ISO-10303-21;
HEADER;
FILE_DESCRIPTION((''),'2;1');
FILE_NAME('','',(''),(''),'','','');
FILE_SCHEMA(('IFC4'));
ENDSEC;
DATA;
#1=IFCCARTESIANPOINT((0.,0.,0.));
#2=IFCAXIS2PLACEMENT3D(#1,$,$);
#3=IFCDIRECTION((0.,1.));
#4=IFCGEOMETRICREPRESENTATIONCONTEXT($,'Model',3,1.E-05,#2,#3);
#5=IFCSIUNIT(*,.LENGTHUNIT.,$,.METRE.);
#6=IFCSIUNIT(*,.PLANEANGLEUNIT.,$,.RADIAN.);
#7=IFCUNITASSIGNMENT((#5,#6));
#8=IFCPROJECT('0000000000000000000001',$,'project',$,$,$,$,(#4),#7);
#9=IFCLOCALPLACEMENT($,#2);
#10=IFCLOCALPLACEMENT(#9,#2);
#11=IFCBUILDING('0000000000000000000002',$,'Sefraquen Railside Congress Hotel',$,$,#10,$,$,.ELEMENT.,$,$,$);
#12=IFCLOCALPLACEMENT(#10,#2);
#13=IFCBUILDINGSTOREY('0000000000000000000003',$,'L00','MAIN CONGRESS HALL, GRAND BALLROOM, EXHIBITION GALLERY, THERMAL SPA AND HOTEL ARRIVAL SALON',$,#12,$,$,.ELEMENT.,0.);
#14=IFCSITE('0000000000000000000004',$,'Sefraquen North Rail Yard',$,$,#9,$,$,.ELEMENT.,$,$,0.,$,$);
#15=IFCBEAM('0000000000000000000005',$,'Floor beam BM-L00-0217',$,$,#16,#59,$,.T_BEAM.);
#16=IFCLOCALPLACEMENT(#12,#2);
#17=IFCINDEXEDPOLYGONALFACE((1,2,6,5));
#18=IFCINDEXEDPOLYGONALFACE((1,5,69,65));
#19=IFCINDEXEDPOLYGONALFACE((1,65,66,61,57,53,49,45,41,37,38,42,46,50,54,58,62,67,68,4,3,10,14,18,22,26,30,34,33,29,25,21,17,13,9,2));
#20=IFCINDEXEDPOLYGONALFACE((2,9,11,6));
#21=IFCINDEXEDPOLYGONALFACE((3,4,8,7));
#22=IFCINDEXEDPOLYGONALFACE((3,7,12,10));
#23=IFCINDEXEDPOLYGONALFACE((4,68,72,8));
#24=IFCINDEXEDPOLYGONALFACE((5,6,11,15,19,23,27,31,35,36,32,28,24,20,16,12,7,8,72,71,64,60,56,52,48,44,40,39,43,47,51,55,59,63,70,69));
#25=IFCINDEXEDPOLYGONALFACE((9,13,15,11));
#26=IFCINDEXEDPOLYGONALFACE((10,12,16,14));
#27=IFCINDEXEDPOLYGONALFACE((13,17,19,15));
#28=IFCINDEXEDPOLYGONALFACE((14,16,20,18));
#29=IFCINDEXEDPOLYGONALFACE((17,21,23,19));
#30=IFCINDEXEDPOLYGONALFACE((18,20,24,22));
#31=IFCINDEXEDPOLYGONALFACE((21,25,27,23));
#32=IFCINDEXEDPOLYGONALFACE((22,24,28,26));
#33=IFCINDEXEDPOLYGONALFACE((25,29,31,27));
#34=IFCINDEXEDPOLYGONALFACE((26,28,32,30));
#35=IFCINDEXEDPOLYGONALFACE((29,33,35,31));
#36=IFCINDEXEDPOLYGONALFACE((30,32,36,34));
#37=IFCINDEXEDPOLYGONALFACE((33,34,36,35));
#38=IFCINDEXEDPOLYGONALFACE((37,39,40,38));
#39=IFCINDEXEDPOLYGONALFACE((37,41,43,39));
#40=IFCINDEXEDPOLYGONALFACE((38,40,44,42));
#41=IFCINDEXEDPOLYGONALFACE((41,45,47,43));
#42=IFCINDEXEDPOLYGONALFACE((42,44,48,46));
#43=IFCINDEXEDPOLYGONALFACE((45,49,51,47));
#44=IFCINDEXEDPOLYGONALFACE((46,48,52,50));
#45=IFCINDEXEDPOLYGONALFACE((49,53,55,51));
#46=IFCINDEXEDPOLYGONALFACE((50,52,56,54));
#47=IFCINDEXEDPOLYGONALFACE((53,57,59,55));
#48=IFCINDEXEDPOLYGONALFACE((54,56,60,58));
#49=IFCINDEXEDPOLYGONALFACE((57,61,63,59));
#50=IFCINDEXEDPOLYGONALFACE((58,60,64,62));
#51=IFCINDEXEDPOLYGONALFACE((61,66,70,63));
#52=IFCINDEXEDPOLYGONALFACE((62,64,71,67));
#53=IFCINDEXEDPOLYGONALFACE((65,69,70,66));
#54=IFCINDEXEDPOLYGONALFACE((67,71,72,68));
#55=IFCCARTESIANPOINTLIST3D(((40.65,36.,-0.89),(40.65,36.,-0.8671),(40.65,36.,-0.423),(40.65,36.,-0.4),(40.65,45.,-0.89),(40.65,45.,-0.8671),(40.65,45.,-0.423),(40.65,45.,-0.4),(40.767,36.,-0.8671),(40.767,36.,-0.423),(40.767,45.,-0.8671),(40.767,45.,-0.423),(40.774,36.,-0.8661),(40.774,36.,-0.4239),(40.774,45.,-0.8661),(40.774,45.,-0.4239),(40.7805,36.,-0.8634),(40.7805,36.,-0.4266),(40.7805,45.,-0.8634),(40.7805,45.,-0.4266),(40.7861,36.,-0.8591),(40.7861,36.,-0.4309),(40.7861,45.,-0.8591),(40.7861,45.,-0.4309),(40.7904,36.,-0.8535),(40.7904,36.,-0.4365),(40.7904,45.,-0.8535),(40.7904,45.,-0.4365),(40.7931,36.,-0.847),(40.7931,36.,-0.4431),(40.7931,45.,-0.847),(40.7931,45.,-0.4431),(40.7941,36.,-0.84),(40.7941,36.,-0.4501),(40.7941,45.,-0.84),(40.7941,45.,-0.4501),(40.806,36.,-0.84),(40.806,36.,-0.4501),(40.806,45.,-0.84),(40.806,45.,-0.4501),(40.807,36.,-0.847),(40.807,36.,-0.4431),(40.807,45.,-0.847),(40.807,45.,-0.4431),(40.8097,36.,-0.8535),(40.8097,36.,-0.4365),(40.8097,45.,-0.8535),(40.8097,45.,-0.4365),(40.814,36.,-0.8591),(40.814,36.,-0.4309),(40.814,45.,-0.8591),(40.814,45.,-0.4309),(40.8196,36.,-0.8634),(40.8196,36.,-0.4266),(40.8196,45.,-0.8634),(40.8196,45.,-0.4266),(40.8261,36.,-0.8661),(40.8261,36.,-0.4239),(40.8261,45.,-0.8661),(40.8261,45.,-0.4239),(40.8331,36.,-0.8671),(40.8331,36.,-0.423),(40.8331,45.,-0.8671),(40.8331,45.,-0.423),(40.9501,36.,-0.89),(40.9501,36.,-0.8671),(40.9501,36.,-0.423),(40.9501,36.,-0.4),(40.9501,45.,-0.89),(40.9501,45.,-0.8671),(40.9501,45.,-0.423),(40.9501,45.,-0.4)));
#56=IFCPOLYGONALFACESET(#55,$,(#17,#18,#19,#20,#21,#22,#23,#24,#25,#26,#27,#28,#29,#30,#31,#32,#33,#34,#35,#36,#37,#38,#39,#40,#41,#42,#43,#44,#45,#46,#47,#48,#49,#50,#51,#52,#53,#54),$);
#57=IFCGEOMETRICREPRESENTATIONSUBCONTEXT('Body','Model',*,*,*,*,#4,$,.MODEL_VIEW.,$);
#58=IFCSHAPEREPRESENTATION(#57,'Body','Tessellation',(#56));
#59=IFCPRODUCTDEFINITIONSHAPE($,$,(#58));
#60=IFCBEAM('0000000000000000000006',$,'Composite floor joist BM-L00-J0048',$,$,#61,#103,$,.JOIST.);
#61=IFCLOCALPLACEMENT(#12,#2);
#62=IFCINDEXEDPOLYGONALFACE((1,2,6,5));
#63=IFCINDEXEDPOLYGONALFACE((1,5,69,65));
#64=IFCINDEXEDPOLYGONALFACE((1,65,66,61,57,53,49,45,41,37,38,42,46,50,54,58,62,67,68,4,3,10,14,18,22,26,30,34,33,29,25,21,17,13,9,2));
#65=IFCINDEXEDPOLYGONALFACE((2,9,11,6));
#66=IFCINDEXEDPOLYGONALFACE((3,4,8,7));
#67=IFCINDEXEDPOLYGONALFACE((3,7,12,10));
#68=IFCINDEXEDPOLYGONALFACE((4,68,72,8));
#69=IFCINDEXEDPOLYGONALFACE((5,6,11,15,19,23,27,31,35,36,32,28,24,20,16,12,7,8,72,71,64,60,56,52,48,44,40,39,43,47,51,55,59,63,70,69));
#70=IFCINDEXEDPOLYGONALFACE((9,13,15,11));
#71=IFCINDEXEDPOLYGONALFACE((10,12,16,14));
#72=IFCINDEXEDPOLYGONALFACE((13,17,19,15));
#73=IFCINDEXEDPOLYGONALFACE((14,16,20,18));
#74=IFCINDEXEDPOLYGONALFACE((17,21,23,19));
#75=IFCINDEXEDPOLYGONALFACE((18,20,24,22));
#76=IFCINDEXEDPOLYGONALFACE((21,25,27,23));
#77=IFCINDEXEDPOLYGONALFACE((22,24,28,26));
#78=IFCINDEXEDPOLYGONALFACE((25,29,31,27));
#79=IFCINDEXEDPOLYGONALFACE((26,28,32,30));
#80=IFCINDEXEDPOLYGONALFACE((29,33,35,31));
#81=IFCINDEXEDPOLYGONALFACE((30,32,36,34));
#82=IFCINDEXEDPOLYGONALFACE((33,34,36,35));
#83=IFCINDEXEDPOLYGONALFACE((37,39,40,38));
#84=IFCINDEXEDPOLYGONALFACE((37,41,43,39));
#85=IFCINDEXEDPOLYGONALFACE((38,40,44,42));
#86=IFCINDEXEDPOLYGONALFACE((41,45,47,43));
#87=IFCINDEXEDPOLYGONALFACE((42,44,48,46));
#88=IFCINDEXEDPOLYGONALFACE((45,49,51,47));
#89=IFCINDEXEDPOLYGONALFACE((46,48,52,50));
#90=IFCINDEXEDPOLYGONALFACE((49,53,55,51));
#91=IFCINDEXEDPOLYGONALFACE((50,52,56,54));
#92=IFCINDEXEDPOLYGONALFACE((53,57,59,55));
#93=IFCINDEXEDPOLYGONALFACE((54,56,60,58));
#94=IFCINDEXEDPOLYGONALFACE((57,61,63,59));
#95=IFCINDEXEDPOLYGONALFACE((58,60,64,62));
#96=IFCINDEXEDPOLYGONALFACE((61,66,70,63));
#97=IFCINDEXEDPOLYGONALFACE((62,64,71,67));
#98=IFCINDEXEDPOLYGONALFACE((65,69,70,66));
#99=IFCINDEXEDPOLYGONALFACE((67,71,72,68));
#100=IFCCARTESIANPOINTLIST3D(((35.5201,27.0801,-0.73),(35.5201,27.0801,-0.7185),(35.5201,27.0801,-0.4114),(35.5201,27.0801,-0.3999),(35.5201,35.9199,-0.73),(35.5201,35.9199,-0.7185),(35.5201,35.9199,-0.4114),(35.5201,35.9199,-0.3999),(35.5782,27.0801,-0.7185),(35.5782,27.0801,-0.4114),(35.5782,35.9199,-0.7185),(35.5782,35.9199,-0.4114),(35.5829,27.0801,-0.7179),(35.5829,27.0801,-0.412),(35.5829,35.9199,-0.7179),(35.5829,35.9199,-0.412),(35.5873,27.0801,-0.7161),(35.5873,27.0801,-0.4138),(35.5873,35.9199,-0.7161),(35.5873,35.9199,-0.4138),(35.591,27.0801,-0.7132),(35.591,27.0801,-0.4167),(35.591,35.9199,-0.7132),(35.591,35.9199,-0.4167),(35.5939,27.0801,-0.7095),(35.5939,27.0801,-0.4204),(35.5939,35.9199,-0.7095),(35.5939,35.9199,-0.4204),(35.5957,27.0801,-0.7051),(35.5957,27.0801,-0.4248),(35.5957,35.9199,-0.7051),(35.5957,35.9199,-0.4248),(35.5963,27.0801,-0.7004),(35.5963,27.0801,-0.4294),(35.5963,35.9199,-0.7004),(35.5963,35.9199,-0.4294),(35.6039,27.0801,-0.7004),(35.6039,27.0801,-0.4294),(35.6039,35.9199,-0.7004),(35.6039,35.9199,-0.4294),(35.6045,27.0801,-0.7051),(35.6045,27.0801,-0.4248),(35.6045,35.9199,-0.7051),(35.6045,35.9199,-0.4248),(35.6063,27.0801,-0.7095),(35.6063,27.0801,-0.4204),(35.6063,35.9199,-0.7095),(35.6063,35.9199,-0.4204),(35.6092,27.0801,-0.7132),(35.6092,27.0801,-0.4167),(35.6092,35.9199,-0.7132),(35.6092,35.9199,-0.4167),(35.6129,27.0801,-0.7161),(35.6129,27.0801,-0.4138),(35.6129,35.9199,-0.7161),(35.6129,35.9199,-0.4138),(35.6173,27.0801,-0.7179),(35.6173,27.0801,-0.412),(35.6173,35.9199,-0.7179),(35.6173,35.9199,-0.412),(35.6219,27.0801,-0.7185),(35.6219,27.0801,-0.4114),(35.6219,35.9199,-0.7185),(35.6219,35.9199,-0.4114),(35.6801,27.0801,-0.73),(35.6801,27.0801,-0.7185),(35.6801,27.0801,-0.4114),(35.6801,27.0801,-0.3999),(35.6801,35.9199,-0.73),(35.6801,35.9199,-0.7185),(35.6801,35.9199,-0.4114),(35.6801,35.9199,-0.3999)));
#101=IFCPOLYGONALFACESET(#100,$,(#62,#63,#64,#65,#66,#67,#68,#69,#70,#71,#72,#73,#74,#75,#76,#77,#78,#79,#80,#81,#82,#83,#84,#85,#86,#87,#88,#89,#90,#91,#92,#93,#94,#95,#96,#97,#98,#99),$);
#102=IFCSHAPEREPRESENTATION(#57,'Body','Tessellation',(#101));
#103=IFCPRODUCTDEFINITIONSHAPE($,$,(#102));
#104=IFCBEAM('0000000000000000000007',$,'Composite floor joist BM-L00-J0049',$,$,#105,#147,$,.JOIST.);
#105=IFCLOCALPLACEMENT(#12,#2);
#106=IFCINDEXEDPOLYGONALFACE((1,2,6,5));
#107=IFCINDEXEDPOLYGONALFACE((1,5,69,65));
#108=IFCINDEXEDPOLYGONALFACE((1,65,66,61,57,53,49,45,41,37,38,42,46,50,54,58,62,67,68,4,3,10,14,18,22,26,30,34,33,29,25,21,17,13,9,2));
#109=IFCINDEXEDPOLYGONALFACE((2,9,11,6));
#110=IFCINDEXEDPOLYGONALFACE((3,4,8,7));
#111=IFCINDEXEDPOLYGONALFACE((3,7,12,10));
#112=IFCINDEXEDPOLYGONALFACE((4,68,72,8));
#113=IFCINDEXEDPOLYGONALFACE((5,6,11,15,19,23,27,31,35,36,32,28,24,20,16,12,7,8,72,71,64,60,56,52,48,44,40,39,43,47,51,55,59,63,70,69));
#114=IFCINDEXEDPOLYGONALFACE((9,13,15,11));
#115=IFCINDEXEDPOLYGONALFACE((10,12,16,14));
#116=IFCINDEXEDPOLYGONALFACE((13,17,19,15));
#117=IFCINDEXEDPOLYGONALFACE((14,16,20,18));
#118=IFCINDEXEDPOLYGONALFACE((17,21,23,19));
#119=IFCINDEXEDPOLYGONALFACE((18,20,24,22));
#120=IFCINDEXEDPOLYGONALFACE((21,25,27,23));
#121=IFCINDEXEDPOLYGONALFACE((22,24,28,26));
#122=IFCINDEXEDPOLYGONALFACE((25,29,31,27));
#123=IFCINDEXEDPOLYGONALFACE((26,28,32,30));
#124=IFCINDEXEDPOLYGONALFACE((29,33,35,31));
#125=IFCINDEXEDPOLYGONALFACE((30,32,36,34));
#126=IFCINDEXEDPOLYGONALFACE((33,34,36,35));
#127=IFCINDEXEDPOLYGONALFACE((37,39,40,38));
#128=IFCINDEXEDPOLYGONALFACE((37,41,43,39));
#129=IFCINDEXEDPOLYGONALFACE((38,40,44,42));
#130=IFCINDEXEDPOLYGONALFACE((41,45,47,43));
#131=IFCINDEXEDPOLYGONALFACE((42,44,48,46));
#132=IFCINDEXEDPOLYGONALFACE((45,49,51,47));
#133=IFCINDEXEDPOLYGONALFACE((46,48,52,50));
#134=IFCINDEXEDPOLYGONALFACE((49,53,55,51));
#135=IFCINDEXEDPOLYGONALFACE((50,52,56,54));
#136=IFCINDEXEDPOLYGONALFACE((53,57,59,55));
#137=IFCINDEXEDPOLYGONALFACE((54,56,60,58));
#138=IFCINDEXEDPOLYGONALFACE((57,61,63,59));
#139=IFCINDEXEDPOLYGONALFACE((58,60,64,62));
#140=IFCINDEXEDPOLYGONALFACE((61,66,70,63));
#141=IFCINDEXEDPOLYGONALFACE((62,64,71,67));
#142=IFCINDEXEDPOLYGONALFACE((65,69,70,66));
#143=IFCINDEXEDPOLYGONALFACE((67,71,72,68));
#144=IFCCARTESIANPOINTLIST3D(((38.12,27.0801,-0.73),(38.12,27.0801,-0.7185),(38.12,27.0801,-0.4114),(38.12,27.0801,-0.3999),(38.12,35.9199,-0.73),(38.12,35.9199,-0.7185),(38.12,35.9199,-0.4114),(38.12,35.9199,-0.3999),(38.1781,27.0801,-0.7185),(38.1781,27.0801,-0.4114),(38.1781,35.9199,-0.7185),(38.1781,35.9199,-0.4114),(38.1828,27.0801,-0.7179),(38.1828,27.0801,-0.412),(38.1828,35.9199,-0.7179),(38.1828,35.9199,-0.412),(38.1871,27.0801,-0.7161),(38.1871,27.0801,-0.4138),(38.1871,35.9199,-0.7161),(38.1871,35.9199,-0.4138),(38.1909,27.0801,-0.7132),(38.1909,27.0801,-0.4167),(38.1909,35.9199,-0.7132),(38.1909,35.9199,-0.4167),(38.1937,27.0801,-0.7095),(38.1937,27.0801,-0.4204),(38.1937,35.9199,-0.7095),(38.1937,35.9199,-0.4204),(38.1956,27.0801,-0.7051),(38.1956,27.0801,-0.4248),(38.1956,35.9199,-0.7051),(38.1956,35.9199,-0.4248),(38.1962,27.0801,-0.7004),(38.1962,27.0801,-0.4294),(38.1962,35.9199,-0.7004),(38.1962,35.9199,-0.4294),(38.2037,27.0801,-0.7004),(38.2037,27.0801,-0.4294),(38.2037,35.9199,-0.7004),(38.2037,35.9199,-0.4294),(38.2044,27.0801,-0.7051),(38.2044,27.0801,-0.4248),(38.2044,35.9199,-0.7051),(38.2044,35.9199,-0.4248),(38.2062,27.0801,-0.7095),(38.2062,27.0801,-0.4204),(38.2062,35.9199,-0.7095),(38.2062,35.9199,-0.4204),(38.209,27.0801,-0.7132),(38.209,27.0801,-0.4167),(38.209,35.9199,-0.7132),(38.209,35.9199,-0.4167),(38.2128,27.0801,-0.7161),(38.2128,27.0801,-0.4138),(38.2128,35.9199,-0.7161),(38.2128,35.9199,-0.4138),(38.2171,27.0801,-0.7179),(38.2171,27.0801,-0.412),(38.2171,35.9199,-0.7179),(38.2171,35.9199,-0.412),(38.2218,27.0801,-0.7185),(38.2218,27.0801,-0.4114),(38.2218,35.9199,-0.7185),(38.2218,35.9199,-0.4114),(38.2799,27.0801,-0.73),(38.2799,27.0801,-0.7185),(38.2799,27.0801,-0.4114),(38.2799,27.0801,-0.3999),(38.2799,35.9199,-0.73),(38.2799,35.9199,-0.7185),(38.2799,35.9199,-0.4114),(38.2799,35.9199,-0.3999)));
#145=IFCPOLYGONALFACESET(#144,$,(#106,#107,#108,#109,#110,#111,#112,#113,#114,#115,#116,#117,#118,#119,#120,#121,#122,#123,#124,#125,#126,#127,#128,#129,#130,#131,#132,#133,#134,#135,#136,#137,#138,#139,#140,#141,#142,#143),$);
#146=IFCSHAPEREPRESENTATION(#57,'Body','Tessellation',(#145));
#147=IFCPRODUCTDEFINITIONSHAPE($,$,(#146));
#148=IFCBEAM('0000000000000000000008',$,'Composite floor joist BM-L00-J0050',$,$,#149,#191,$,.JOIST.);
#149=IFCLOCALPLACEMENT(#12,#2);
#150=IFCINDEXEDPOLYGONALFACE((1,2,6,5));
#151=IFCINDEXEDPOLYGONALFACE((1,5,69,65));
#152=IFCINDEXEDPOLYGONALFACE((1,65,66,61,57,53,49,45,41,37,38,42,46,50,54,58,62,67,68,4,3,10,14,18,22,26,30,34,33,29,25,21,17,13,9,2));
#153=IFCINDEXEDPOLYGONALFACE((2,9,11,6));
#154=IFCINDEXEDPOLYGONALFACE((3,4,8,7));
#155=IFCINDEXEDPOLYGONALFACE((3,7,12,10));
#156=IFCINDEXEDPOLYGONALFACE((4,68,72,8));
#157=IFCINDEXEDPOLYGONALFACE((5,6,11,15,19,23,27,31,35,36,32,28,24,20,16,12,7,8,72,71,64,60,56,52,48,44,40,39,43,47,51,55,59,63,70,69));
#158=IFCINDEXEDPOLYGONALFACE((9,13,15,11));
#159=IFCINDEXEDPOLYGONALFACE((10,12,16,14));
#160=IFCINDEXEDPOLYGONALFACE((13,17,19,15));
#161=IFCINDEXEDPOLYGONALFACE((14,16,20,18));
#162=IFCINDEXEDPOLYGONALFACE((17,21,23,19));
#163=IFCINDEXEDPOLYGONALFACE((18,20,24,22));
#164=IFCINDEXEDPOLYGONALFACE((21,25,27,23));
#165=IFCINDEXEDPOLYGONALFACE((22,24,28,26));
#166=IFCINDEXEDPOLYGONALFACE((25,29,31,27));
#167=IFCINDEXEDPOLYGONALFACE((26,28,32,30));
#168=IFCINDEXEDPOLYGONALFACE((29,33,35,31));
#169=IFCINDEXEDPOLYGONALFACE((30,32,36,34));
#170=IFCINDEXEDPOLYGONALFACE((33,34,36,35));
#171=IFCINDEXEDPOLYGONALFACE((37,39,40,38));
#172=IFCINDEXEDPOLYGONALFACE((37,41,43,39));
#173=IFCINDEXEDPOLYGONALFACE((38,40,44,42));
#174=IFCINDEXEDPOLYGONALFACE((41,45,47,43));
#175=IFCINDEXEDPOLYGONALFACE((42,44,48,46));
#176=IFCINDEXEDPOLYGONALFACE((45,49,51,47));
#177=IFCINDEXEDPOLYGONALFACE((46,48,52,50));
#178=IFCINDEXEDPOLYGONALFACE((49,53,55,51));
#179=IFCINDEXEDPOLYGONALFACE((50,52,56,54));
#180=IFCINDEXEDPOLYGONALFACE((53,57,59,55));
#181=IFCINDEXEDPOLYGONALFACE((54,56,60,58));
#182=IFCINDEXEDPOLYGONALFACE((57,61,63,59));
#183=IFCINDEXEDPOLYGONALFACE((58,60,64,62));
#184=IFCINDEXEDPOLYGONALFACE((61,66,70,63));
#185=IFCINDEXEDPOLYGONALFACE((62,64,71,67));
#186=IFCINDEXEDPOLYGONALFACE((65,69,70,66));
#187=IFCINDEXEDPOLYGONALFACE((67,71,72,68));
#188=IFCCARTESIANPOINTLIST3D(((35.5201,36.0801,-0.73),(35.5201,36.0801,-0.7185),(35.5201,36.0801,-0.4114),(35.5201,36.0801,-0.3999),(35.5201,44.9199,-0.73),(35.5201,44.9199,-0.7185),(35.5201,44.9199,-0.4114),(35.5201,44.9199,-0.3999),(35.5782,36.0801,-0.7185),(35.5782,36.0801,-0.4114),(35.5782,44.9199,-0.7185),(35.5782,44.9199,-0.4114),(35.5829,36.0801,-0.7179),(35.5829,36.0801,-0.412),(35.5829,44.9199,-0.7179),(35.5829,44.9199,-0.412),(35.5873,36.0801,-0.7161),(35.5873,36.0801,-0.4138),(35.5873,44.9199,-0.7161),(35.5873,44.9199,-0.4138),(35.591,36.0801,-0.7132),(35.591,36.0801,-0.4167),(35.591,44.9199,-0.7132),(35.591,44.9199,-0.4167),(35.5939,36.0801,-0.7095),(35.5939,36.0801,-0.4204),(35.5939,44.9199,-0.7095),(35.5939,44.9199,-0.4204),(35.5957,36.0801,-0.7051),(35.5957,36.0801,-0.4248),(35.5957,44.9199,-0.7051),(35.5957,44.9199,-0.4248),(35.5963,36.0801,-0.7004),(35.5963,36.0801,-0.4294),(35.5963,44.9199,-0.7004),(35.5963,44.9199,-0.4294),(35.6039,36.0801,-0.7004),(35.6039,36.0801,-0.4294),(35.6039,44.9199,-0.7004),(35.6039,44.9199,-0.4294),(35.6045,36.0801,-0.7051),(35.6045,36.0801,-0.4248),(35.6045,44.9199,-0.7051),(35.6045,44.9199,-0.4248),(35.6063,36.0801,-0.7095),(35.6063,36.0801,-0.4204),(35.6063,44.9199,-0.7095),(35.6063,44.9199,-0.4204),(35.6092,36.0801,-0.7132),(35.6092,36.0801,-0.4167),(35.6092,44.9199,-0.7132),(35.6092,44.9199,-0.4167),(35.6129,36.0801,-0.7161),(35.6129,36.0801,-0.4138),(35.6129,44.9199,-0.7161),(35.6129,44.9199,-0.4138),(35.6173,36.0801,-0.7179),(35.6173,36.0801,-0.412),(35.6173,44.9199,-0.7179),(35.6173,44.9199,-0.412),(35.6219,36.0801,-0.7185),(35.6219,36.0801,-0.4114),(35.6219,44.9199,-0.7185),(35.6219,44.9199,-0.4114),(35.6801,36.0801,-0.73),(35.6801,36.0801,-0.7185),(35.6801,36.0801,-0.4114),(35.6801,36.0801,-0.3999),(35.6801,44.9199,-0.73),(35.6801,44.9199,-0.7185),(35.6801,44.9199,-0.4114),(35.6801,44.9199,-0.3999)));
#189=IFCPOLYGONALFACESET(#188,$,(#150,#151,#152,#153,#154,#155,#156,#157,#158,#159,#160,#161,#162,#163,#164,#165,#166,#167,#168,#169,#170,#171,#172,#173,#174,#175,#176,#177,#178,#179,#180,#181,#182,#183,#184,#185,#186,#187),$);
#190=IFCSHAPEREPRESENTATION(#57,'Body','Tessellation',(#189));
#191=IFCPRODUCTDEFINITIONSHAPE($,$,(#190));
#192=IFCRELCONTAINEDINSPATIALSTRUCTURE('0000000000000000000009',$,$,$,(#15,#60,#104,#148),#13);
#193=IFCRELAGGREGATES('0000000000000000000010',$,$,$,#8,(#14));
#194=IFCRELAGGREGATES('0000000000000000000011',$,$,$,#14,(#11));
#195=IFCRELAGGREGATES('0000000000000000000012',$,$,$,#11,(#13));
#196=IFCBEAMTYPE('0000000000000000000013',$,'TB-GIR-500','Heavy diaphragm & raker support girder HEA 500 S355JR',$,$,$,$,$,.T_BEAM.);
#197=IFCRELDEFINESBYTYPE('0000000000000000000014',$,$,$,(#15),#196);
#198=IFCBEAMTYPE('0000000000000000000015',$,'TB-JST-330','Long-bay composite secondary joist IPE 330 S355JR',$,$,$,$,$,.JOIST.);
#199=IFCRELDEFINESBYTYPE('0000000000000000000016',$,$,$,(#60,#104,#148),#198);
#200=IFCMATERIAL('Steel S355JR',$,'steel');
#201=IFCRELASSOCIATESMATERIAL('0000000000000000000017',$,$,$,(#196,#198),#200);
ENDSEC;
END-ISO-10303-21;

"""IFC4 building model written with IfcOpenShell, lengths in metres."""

from ifc_helpers import new_model, si_unit, direction, frame, origin, origin_2d, place, context, subcontext, project, spatial, i_section, extrude, material, material_profile, profile_set, type_object, element, save


model = new_model("IFC4")

# Units and contexts
model_context = context("Model", 3, precision=1e-05, world=origin(), true_north=direction((0.0, 1.0)))
body_context = subcontext(model_context, "Body", "Model", "MODEL_VIEW")
ifc_project = project(units=[si_unit("LENGTHUNIT", "METRE"), si_unit("PLANEANGLEUNIT", "RADIAN")], contexts=[model_context])

# Site, building, storey
site_placement = place(None, origin())
site = spatial("IfcSite", under=ifc_project, at=site_placement, Name="Sefraquen North Rail Yard", CompositionType="ELEMENT", RefElevation=0.0)
building_placement = place(site_placement, origin())
building = spatial("IfcBuilding", under=site, at=building_placement, Name="Sefraquen Railside Congress Hotel", CompositionType="ELEMENT")
storey_placement = place(building_placement, origin())
storey = spatial("IfcBuildingStorey", under=building, at=storey_placement, Name="L00", Description="MAIN CONGRESS HALL, GRAND BALLROOM, EXHIBITION GALLERY, THERMAL SPA AND HOTEL ARRIVAL SALON", CompositionType="ELEMENT", Elevation=0.0)

# Shared definitions
ifc_material_1 = material(Name="Steel S355JR", Category="steel")

# Beams
ifc_material_profile_1 = material_profile(ifc_material_1, i_section(OverallWidth=0.3, OverallDepth=0.49, WebThickness=0.012, FlangeThickness=0.0229, FilletRadius=0.0271, at=origin_2d()), Name="HEA 500")
ifc_profile_set_1 = profile_set([ifc_material_profile_1], Name="Steel S355JR")
beam_type_1 = type_object("IfcBeamType", Name="TB-GIR-500", Description="Heavy diaphragm & raker support girder HEA 500 S355JR", PredefinedType="T_BEAM", material=ifc_profile_set_1)
for number, where, z_axis, x_axis, name in (
    (1, (40.8, 36.0, -0.645), (0.0, 1.0, 0.0), (-1.0, 0.0, 0.0), "Floor beam BM-L00-0217"),
):
    element("IfcBeam", number, at=place(storey_placement, frame(where, z_axis=z_axis, x_axis=x_axis)), inside=storey, type_object=beam_type_1, Name=name, PredefinedType="T_BEAM", context=body_context, shape_type="SweptSolid", body=[
        extrude(i_section(OverallWidth=0.3, OverallDepth=0.49, WebThickness=0.012, FlangeThickness=0.0229, FilletRadius=0.0271, at=origin_2d()), origin(), (0.0, 0.0, 1.0), 9.0),
    ])
ifc_material_profile_2 = material_profile(ifc_material_1, i_section(OverallWidth=0.1599, OverallDepth=0.3301, WebThickness=0.0076, FlangeThickness=0.0115, FilletRadius=0.0181, at=origin_2d()), Name="IPE 330")
ifc_profile_set_2 = profile_set([ifc_material_profile_2], Name="Steel S355JR")
beam_type_2 = type_object("IfcBeamType", Name="TB-JST-330", Description="Long-bay composite secondary joist IPE 330 S355JR", PredefinedType="JOIST", material=ifc_profile_set_2)
for number, where, z_axis, x_axis, name in (
    (2, (35.6001, 27.0801, -0.5649), (0.0, 1.0, 0.0), (-1.0, 0.0, 0.0), "Composite floor joist BM-L00-J0048"),
    (3, (38.2, 27.0801, -0.5649), (0.0, 1.0, 0.0), (-1.0, 0.0, 0.0), "Composite floor joist BM-L00-J0049"),
    (4, (35.6001, 36.0801, -0.5649), (0.0, 1.0, 0.0), (-1.0, 0.0, 0.0), "Composite floor joist BM-L00-J0050"),
):
    element("IfcBeam", number, at=place(storey_placement, frame(where, z_axis=z_axis, x_axis=x_axis)), inside=storey, type_object=beam_type_2, Name=name, PredefinedType="JOIST", context=body_context, shape_type="SweptSolid", body=[
        extrude(i_section(OverallWidth=0.1599, OverallDepth=0.3301, WebThickness=0.0076, FlangeThickness=0.0115, FilletRadius=0.0181, at=origin_2d()), origin(), (0.0, 0.0, 1.0), 8.8398),
    ])

save(model, "model.ifc")
